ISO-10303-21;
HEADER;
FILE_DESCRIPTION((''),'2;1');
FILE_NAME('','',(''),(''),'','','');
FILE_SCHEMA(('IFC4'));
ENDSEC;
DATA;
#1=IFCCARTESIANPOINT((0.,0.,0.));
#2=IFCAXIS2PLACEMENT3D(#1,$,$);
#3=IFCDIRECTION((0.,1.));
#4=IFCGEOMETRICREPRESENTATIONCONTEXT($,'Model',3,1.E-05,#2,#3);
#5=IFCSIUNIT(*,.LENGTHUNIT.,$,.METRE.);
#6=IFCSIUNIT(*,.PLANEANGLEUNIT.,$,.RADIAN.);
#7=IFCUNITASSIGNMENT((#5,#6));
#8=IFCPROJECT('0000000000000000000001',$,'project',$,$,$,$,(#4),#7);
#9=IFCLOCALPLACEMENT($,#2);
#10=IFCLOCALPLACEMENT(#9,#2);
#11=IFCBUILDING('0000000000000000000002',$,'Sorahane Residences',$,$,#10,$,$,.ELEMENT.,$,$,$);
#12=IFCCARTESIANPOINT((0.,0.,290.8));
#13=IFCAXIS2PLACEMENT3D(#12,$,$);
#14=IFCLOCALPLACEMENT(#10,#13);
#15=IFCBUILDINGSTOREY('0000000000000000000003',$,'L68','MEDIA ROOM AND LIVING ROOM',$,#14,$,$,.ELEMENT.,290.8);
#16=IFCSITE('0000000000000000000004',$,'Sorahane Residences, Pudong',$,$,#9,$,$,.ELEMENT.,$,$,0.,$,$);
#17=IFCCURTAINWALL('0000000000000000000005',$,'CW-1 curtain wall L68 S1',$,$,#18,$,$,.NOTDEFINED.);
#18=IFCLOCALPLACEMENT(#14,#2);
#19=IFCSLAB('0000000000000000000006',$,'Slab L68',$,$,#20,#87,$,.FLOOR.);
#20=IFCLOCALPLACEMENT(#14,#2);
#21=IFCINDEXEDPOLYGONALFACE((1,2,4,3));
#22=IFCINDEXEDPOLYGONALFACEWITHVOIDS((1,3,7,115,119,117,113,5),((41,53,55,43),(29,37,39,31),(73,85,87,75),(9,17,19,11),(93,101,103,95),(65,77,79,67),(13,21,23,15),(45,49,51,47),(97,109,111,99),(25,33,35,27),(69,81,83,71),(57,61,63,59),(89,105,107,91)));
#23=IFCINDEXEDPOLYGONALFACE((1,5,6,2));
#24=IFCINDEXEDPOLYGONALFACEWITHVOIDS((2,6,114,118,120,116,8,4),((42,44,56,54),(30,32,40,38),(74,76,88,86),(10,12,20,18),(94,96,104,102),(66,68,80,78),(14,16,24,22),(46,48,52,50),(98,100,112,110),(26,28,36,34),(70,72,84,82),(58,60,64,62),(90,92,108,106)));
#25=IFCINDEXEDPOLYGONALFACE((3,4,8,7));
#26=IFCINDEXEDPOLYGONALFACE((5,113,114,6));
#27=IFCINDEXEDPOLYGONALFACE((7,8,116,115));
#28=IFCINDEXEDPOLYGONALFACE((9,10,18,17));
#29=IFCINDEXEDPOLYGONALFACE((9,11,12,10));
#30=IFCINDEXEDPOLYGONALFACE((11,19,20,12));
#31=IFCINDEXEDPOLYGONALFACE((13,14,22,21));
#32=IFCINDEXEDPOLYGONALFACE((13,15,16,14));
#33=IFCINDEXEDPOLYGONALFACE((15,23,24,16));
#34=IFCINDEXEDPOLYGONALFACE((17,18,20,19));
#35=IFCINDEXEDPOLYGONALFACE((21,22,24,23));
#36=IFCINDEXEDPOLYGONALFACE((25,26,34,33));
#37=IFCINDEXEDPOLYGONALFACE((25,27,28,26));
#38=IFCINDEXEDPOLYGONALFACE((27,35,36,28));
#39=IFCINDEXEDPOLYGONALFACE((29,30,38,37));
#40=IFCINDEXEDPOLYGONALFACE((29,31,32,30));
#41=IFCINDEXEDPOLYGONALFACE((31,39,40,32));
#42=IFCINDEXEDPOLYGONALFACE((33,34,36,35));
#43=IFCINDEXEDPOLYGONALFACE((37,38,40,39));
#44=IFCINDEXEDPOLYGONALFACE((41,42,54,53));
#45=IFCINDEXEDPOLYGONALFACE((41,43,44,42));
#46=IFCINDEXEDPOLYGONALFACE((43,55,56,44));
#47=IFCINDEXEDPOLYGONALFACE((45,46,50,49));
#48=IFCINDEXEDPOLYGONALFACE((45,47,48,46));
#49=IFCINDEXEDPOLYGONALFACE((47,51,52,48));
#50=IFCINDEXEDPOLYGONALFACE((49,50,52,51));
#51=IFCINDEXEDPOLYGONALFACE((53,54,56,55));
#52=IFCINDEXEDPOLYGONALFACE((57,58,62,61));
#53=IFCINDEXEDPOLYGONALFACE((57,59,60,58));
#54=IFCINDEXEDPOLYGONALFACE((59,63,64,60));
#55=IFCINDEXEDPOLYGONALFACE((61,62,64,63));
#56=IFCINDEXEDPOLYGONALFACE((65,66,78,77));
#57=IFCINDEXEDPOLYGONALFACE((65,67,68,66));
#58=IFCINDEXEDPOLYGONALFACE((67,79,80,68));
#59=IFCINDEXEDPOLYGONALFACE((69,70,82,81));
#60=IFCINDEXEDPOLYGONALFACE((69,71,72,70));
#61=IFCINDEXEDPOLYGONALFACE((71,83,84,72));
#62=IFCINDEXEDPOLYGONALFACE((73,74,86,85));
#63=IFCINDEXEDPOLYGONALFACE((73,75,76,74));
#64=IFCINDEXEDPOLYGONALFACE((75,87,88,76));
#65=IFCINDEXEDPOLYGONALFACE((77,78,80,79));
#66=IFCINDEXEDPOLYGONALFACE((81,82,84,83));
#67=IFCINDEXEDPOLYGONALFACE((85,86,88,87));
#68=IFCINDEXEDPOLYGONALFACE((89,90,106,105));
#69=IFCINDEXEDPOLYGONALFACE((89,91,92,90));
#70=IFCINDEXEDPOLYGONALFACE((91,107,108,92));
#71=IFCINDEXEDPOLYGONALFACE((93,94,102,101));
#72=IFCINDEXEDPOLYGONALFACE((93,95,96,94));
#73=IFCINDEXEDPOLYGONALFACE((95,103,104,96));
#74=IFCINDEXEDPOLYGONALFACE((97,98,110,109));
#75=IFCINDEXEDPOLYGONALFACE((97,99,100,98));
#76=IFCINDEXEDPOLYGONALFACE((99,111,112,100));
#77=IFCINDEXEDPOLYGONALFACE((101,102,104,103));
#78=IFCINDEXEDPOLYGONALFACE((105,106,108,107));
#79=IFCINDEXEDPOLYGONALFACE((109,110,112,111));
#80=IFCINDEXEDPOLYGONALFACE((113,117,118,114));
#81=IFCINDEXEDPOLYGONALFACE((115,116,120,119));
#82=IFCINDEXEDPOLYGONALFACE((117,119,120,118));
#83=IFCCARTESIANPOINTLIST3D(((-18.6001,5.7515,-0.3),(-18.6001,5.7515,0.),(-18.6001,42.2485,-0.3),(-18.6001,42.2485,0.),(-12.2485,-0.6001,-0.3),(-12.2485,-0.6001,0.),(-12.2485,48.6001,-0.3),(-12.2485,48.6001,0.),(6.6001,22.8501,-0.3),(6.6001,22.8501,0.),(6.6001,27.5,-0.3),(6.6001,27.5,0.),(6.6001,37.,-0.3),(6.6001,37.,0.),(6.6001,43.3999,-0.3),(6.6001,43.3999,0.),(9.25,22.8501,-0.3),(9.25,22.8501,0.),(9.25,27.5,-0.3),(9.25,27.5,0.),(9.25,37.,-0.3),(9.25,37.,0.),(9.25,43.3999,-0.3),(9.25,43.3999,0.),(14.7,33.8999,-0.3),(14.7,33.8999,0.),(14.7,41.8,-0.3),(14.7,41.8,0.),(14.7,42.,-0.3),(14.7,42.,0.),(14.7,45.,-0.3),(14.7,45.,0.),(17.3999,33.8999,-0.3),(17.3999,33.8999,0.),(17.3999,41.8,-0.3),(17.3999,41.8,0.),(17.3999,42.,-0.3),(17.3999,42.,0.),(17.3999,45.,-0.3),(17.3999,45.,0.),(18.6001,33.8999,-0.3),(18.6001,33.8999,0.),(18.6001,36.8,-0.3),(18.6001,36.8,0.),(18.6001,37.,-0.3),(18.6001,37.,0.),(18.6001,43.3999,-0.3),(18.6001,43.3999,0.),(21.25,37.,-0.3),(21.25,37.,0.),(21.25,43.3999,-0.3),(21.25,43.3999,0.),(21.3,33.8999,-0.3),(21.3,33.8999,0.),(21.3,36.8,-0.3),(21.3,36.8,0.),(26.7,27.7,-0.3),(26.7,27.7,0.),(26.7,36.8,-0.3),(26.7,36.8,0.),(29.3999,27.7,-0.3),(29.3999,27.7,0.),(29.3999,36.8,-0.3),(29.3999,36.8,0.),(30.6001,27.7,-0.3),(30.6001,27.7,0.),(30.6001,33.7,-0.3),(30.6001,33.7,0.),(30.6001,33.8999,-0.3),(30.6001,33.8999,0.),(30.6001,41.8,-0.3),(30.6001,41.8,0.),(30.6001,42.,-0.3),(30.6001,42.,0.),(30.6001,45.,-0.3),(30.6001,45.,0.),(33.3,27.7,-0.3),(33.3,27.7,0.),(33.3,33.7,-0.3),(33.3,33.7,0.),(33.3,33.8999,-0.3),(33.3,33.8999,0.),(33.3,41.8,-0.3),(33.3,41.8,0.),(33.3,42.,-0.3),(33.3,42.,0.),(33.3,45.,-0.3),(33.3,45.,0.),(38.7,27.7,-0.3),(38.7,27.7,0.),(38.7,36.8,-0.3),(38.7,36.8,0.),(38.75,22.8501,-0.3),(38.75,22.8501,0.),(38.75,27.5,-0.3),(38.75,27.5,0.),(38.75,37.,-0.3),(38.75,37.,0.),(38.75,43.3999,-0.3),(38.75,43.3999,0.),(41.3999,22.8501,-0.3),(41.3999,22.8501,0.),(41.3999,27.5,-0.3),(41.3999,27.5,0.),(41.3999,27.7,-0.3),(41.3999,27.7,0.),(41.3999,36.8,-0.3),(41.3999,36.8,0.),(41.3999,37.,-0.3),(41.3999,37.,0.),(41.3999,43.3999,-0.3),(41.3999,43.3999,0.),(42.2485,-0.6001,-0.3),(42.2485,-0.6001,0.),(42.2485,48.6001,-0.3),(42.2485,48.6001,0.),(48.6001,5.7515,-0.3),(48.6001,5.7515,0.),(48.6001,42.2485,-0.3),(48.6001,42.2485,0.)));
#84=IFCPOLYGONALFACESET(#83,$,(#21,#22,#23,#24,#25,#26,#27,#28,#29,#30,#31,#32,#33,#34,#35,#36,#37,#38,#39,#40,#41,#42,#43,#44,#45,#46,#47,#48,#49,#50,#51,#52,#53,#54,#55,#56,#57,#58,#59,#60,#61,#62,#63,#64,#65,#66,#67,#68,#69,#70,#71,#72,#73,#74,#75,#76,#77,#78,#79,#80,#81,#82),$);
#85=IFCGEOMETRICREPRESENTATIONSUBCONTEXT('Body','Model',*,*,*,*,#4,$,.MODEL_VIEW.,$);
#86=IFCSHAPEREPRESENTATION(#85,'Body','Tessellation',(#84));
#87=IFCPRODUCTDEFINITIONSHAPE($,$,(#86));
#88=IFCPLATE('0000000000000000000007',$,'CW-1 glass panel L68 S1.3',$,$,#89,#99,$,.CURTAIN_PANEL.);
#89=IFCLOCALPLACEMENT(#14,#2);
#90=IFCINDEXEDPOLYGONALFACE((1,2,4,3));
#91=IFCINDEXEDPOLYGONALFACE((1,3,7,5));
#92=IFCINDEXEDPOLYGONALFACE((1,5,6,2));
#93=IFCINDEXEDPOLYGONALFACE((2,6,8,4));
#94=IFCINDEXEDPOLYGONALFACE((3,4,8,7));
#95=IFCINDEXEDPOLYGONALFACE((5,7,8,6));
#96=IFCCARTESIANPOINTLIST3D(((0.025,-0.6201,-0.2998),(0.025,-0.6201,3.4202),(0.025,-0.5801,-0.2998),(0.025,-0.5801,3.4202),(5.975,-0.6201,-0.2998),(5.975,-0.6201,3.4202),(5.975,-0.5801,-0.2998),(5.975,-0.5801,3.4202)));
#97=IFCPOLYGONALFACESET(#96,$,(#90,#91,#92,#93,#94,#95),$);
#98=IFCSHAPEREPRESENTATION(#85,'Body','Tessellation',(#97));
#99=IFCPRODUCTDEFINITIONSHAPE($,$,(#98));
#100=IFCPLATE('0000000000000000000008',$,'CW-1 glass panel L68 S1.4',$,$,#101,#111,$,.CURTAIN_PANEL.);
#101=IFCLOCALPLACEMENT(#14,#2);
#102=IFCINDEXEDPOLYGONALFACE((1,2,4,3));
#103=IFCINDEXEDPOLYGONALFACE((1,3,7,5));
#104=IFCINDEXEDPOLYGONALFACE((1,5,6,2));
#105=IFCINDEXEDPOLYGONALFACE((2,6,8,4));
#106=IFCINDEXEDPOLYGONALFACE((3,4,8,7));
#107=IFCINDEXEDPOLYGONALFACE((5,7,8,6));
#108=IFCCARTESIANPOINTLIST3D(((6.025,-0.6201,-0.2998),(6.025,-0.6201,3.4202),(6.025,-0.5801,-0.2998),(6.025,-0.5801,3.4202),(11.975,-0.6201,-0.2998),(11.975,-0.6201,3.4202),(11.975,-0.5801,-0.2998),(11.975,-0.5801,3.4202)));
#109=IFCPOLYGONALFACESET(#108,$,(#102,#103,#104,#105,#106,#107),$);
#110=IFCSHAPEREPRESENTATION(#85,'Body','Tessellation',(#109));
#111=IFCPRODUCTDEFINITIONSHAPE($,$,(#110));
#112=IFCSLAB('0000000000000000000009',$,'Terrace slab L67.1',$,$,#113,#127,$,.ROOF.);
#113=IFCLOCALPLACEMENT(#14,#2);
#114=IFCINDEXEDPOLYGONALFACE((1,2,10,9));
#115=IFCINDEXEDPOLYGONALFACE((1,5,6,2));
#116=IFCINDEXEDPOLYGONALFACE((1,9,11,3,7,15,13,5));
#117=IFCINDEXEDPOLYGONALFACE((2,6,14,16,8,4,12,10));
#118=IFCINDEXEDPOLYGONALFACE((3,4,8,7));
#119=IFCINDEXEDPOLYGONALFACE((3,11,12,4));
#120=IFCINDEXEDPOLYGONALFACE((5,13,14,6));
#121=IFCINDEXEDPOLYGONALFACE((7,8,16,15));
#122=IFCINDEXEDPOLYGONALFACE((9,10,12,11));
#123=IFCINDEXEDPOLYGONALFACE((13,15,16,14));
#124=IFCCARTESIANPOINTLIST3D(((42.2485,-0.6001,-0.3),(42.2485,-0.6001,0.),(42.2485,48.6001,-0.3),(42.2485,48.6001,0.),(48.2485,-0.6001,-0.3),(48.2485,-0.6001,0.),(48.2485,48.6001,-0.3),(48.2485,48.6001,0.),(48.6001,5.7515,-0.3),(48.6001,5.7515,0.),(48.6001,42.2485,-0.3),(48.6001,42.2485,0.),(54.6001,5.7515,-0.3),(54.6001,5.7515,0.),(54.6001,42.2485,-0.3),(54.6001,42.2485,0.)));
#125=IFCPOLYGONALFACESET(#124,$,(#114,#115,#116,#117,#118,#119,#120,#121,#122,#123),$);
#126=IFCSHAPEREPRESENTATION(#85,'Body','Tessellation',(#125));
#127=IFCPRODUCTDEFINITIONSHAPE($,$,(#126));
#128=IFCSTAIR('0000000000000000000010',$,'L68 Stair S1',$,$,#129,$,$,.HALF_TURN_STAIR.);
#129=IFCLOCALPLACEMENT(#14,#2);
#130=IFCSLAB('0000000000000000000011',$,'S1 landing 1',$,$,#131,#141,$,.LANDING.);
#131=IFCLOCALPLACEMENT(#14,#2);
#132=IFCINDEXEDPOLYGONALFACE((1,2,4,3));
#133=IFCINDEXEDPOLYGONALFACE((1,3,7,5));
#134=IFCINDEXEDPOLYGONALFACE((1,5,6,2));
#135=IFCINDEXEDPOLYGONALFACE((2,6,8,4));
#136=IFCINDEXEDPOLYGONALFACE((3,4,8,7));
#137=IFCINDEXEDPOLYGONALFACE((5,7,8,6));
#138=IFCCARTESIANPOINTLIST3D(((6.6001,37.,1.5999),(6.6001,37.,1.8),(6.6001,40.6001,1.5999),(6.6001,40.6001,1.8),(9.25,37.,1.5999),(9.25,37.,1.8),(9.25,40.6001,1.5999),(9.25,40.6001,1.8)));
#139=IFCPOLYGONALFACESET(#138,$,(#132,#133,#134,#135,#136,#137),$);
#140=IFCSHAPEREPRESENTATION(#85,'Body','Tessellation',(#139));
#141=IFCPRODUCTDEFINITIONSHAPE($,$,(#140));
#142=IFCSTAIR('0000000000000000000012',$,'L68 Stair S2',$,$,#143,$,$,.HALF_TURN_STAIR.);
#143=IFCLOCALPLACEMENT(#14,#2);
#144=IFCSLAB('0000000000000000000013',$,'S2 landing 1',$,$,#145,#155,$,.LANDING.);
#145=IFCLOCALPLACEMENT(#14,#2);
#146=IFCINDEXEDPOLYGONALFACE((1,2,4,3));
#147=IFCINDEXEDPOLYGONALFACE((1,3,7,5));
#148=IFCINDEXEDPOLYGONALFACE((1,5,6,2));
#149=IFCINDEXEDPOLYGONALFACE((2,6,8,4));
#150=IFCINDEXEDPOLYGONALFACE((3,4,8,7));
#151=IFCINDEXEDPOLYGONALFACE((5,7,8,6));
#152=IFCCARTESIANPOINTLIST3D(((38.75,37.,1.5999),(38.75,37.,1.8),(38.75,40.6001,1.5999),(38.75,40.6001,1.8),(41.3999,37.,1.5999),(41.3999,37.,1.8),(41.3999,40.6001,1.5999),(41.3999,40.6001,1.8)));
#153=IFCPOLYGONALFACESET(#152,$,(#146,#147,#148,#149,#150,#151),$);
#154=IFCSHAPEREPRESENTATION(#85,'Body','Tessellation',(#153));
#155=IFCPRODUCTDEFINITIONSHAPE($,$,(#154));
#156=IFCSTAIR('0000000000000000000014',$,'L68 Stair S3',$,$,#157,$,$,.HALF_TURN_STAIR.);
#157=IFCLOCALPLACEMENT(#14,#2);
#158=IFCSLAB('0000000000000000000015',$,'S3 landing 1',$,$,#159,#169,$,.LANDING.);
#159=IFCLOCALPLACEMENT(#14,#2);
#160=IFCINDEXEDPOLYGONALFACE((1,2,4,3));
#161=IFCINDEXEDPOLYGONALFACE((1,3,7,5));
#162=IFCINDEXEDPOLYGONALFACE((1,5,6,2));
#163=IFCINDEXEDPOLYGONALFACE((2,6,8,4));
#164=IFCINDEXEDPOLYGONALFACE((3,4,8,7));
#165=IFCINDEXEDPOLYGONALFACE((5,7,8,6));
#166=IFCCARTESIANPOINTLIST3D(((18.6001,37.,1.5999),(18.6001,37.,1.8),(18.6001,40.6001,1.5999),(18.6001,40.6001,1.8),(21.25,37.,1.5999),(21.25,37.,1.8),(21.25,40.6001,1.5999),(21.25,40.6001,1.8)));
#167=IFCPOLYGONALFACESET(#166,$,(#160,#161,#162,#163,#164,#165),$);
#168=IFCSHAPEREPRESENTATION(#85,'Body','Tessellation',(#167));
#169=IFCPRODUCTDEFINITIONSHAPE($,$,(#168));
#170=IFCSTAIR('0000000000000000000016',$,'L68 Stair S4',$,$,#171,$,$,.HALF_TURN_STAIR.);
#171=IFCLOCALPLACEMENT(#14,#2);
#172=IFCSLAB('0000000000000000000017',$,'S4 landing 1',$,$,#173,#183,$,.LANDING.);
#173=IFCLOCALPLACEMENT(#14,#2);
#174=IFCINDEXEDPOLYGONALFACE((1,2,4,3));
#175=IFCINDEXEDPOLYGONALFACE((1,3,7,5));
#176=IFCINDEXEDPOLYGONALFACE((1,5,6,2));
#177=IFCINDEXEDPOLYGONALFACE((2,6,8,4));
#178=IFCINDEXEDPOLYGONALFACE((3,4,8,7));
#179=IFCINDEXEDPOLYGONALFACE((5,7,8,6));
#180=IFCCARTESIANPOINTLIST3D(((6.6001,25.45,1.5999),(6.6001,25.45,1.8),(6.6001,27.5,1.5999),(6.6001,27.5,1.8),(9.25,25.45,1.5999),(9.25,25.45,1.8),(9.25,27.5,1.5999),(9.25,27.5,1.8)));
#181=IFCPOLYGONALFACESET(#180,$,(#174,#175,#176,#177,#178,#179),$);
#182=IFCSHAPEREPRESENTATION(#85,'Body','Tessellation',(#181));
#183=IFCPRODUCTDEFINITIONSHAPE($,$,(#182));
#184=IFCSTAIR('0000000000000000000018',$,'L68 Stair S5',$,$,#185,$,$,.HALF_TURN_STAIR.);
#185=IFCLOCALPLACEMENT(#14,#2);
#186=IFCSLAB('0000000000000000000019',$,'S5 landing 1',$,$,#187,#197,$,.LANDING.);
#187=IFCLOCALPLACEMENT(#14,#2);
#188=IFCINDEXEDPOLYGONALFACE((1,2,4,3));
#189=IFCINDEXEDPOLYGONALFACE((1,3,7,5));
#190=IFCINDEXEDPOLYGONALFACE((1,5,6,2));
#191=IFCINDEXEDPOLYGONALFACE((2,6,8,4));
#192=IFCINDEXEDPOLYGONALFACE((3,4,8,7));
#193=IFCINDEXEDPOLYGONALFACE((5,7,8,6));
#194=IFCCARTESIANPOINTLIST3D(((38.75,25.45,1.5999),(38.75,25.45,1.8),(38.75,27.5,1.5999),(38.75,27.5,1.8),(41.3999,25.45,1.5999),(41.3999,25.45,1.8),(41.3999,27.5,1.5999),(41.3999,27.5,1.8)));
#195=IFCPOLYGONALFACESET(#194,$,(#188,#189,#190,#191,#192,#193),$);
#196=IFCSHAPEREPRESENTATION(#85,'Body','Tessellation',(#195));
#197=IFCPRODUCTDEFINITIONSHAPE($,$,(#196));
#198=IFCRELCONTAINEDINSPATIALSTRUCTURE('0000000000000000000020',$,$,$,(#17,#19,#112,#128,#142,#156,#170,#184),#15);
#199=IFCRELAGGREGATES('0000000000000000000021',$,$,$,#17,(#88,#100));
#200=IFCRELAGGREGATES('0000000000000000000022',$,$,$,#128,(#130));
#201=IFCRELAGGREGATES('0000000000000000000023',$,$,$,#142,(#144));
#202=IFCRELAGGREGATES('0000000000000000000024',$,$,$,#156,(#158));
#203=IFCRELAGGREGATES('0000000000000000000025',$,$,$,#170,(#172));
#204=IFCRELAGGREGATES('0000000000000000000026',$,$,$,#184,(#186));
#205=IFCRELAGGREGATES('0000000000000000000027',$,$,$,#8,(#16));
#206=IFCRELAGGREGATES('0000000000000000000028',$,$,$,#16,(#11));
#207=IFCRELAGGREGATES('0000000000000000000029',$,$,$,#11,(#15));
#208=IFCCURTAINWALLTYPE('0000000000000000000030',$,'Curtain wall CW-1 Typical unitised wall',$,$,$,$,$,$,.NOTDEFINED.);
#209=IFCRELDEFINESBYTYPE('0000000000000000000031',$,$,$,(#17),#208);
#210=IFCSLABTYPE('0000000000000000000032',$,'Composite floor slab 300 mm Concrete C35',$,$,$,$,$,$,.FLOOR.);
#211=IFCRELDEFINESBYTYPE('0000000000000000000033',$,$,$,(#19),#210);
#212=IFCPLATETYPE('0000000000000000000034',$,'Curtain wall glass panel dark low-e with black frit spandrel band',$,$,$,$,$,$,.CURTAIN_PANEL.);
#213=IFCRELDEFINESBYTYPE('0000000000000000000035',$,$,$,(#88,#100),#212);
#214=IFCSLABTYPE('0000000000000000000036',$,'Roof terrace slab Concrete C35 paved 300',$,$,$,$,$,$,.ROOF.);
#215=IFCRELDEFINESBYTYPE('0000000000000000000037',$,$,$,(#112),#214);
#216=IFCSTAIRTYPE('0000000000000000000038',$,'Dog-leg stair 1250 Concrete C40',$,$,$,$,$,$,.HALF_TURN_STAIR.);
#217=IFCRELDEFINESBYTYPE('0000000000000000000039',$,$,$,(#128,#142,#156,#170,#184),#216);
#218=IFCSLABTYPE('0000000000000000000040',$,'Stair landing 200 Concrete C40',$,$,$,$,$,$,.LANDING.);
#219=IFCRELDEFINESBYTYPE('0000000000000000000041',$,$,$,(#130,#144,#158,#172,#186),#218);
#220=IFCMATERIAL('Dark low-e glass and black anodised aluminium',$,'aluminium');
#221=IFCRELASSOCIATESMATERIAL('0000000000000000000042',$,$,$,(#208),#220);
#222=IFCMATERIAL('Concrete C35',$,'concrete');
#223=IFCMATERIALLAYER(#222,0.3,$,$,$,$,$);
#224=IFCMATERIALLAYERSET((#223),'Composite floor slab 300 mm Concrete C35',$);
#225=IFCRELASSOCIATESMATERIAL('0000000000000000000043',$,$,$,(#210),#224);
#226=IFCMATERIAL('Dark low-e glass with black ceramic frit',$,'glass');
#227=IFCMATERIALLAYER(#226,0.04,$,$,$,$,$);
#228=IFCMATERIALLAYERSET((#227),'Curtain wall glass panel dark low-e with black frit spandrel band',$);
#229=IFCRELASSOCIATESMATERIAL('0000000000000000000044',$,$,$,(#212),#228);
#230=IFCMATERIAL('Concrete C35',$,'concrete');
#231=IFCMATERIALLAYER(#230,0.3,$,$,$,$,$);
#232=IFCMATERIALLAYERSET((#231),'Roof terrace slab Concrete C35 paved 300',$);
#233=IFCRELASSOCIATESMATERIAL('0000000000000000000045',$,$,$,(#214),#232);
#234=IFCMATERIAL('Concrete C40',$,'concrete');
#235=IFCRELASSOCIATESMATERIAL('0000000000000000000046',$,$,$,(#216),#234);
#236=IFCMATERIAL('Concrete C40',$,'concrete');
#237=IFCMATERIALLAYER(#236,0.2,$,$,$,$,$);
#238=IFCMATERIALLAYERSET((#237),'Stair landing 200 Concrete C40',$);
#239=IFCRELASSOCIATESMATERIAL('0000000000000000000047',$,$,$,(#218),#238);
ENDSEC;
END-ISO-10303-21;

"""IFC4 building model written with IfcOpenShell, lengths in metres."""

from ifc_helpers import new_model, si_unit, direction, frame, origin, origin_2d, place, context, subcontext, project, spatial, polyline, rectangle, outline, extrude, material, layer, layer_set, type_object, element, aggregate, save


model = new_model("IFC4")

# Units and contexts
model_context = context("Model", 3, precision=1e-05, world=origin(), true_north=direction((0.0, 1.0)))
body_context = subcontext(model_context, "Body", "Model", "MODEL_VIEW")
ifc_project = project(units=[si_unit("LENGTHUNIT", "METRE"), si_unit("PLANEANGLEUNIT", "RADIAN")], contexts=[model_context])

# Site, building, storey
site_placement = place(None, origin())
site = spatial("IfcSite", under=ifc_project, at=site_placement, Name="Sorahane Residences, Pudong", CompositionType="ELEMENT", RefElevation=0.0)
building_placement = place(site_placement, origin())
building = spatial("IfcBuilding", under=site, at=building_placement, Name="Sorahane Residences", CompositionType="ELEMENT")
storey_placement = place(building_placement, frame((0.0, 0.0, 290.8)))
storey = spatial("IfcBuildingStorey", under=building, at=storey_placement, Name="L68", Description="MEDIA ROOM AND LIVING ROOM", CompositionType="ELEMENT", Elevation=290.8)

# Curtain wall
ifc_material_1 = material(Name="Dark low-e glass and black anodised aluminium", Category="aluminium")
curtain_wall_type = type_object("IfcCurtainWallType", Name="Curtain wall CW-1 Typical unitised wall", PredefinedType="NOTDEFINED", material=ifc_material_1)
curtain_wall_placement = place(storey_placement, origin())
curtain_wall = element("IfcCurtainWall", 1, at=curtain_wall_placement, inside=storey, type_object=curtain_wall_type, Name="CW-1 curtain wall L68 S1", PredefinedType="NOTDEFINED")

# Slab
ifc_material_2 = material(Name="Concrete C35", Category="concrete")
ifc_layer_1 = layer(ifc_material_2, 0.3)
ifc_layer_set_1 = layer_set([ifc_layer_1], Name="Composite floor slab 300 mm Concrete C35")
slab_type_1 = type_object("IfcSlabType", Name="Composite floor slab 300 mm Concrete C35", PredefinedType="FLOOR", material=ifc_layer_set_1)
slab_1_placement = place(storey_placement, frame((0.0, 0.0, -0.3)))
element("IfcSlab", 2, at=slab_1_placement, inside=storey, type_object=slab_type_1, Name="Slab L68", PredefinedType="FLOOR", context=body_context, shape_type="SweptSolid", body=[
    extrude(outline(polyline([(-12.2485, -0.6001), (-18.6001, 5.7515), (-18.6001, 42.2485), (-12.2485, 48.6001), (42.2485, 48.6001), (48.6001, 42.2485), (48.6001, 5.7515), (42.2485, -0.6001), (-12.2485, -0.6001)]), holes=[polyline([(38.7, 27.7), (41.3999, 27.7), (41.3999, 36.8), (38.7, 36.8), (38.7, 27.7)]), polyline([(30.6001, 27.7), (33.3, 27.7), (33.3, 33.7), (30.6001, 33.7), (30.6001, 27.7)]), polyline([(30.6001, 42.0), (33.3, 42.0), (33.3, 45.0), (30.6001, 45.0), (30.6001, 42.0)]), polyline([(14.7, 42.0), (17.3999, 42.0), (17.3999, 45.0), (14.7, 45.0), (14.7, 42.0)]), polyline([(6.6001, 43.3999), (6.6001, 37.0), (9.25, 37.0), (9.25, 43.3999), (6.6001, 43.3999)]), polyline([(38.75, 43.3999), (38.75, 37.0), (41.3999, 37.0), (41.3999, 43.3999), (38.75, 43.3999)]), polyline([(18.6001, 43.3999), (18.6001, 37.0), (21.25, 37.0), (21.25, 43.3999), (18.6001, 43.3999)]), polyline([(9.25, 22.8501), (9.25, 27.5), (6.6001, 27.5), (6.6001, 22.8501), (9.25, 22.8501)]), polyline([(41.3999, 22.8501), (41.3999, 27.5), (38.75, 27.5), (38.75, 22.8501), (41.3999, 22.8501)]), polyline([(14.7, 33.8999), (17.3999, 33.8999), (17.3999, 41.8), (14.7, 41.8), (14.7, 33.8999)]), polyline([(30.6001, 33.8999), (33.3, 33.8999), (33.3, 41.8), (30.6001, 41.8), (30.6001, 33.8999)]), polyline([(18.6001, 33.8999), (21.3, 33.8999), (21.3, 36.8), (18.6001, 36.8), (18.6001, 33.8999)]), polyline([(26.7, 27.7), (29.3999, 27.7), (29.3999, 36.8), (26.7, 36.8), (26.7, 27.7)])]), origin(), (0.0, 0.0, 1.0), 0.3),
])

# Plates
ifc_material_3 = material(Name="Dark low-e glass with black ceramic frit", Category="glass")
ifc_layer_2 = layer(ifc_material_3, 0.04)
ifc_layer_set_2 = layer_set([ifc_layer_2], Name="Curtain wall glass panel dark low-e with black frit spandrel band")
plate_type = type_object("IfcPlateType", Name="Curtain wall glass panel dark low-e with black frit spandrel band", PredefinedType="CURTAIN_PANEL", material=ifc_layer_set_2)
plate_1_placement = place(storey_placement, frame((3.0, -0.6001, -0.2998), z_axis=(0.0, 0.0, 1.0), x_axis=(1.0, 0.0, 0.0)))
plate_1 = element("IfcPlate", 3, at=plate_1_placement, type_object=plate_type, Name="CW-1 glass panel L68 S1.3", PredefinedType="CURTAIN_PANEL", context=body_context, shape_type="SweptSolid", body=[
    extrude(rectangle(XDim=5.95, YDim=0.04, at=origin_2d()), origin(), (0.0, 0.0, 1.0), 3.72),
])
plate_2_placement = place(storey_placement, frame((9.0, -0.6001, -0.2998), z_axis=(0.0, 0.0, 1.0), x_axis=(1.0, 0.0, 0.0)))
plate_2 = element("IfcPlate", 4, at=plate_2_placement, type_object=plate_type, Name="CW-1 glass panel L68 S1.4", PredefinedType="CURTAIN_PANEL", context=body_context, shape_type="SweptSolid", body=[
    extrude(rectangle(XDim=5.95, YDim=0.04, at=origin_2d()), origin(), (0.0, 0.0, 1.0), 3.72),
])
aggregate(curtain_wall, [plate_1, plate_2])

# Slab
ifc_material_4 = material(Name="Concrete C35", Category="concrete")
ifc_layer_3 = layer(ifc_material_4, 0.3)
ifc_layer_set_3 = layer_set([ifc_layer_3], Name="Roof terrace slab Concrete C35 paved 300")
slab_type_2 = type_object("IfcSlabType", Name="Roof terrace slab Concrete C35 paved 300", PredefinedType="ROOF", material=ifc_layer_set_3)
slab_2_placement = place(storey_placement, frame((0.0, 0.0, -0.3)))
element("IfcSlab", 5, at=slab_2_placement, inside=storey, type_object=slab_type_2, Name="Terrace slab L67.1", PredefinedType="ROOF", context=body_context, shape_type="SweptSolid", body=[
    extrude(outline(polyline([(48.2485, 48.6001), (54.6001, 42.2485), (54.6001, 5.7515), (48.2485, -0.6001), (42.2485, -0.6001), (48.6001, 5.7515), (48.6001, 42.2485), (42.2485, 48.6001), (48.2485, 48.6001)])), origin(), (0.0, 0.0, 1.0), 0.3),
])

# Stairs, slabs
ifc_material_5 = material(Name="Concrete C40", Category="concrete")
stair_type = type_object("IfcStairType", Name="Dog-leg stair 1250 Concrete C40", PredefinedType="HALF_TURN_STAIR", material=ifc_material_5)
stair_1_placement = place(storey_placement, origin())
stair_1 = element("IfcStair", 6, at=stair_1_placement, inside=storey, type_object=stair_type, Name="L68 Stair S1", PredefinedType="HALF_TURN_STAIR")
ifc_material_6 = material(Name="Concrete C40", Category="concrete")
ifc_layer_4 = layer(ifc_material_6, 0.2)
ifc_layer_set_4 = layer_set([ifc_layer_4], Name="Stair landing 200 Concrete C40")
slab_type_3 = type_object("IfcSlabType", Name="Stair landing 200 Concrete C40", PredefinedType="LANDING", material=ifc_layer_set_4)
slab_3_placement = place(storey_placement, frame((0.0, 0.0, 1.5999)))
slab_3 = element("IfcSlab", 7, at=slab_3_placement, type_object=slab_type_3, Name="S1 landing 1", PredefinedType="LANDING", context=body_context, shape_type="SweptSolid", body=[
    extrude(outline(polyline([(6.6001, 40.6001), (6.6001, 37.0), (9.25, 37.0), (9.25, 40.6001), (6.6001, 40.6001)])), origin(), (0.0, 0.0, 1.0), 0.2002),
])
aggregate(stair_1, [slab_3])
stair_2_placement = place(storey_placement, origin())
stair_2 = element("IfcStair", 8, at=stair_2_placement, inside=storey, type_object=stair_type, Name="L68 Stair S2", PredefinedType="HALF_TURN_STAIR")
slab_4_placement = place(storey_placement, frame((0.0, 0.0, 1.5999)))
slab_4 = element("IfcSlab", 9, at=slab_4_placement, type_object=slab_type_3, Name="S2 landing 1", PredefinedType="LANDING", context=body_context, shape_type="SweptSolid", body=[
    extrude(outline(polyline([(38.75, 40.6001), (38.75, 37.0), (41.3999, 37.0), (41.3999, 40.6001), (38.75, 40.6001)])), origin(), (0.0, 0.0, 1.0), 0.2002),
])
aggregate(stair_2, [slab_4])
stair_3_placement = place(storey_placement, origin())
stair_3 = element("IfcStair", 10, at=stair_3_placement, inside=storey, type_object=stair_type, Name="L68 Stair S3", PredefinedType="HALF_TURN_STAIR")
slab_5_placement = place(storey_placement, frame((0.0, 0.0, 1.5999)))
slab_5 = element("IfcSlab", 11, at=slab_5_placement, type_object=slab_type_3, Name="S3 landing 1", PredefinedType="LANDING", context=body_context, shape_type="SweptSolid", body=[
    extrude(outline(polyline([(18.6001, 40.6001), (18.6001, 37.0), (21.25, 37.0), (21.25, 40.6001), (18.6001, 40.6001)])), origin(), (0.0, 0.0, 1.0), 0.2002),
])
aggregate(stair_3, [slab_5])
stair_4_placement = place(storey_placement, origin())
stair_4 = element("IfcStair", 12, at=stair_4_placement, inside=storey, type_object=stair_type, Name="L68 Stair S4", PredefinedType="HALF_TURN_STAIR")
slab_6_placement = place(storey_placement, frame((0.0, 0.0, 1.5999)))
slab_6 = element("IfcSlab", 13, at=slab_6_placement, type_object=slab_type_3, Name="S4 landing 1", PredefinedType="LANDING", context=body_context, shape_type="SweptSolid", body=[
    extrude(outline(polyline([(9.25, 25.45), (9.25, 27.5), (6.6001, 27.5), (6.6001, 25.45), (9.25, 25.45)])), origin(), (0.0, 0.0, 1.0), 0.2002),
])
aggregate(stair_4, [slab_6])
stair_5_placement = place(storey_placement, origin())
stair_5 = element("IfcStair", 14, at=stair_5_placement, inside=storey, type_object=stair_type, Name="L68 Stair S5", PredefinedType="HALF_TURN_STAIR")
slab_7_placement = place(storey_placement, frame((0.0, 0.0, 1.5999)))
slab_7 = element("IfcSlab", 15, at=slab_7_placement, type_object=slab_type_3, Name="S5 landing 1", PredefinedType="LANDING", context=body_context, shape_type="SweptSolid", body=[
    extrude(outline(polyline([(41.3999, 25.45), (41.3999, 27.5), (38.75, 27.5), (38.75, 25.45), (41.3999, 25.45)])), origin(), (0.0, 0.0, 1.0), 0.2002),
])
aggregate(stair_5, [slab_7])

save(model, "model.ifc")
